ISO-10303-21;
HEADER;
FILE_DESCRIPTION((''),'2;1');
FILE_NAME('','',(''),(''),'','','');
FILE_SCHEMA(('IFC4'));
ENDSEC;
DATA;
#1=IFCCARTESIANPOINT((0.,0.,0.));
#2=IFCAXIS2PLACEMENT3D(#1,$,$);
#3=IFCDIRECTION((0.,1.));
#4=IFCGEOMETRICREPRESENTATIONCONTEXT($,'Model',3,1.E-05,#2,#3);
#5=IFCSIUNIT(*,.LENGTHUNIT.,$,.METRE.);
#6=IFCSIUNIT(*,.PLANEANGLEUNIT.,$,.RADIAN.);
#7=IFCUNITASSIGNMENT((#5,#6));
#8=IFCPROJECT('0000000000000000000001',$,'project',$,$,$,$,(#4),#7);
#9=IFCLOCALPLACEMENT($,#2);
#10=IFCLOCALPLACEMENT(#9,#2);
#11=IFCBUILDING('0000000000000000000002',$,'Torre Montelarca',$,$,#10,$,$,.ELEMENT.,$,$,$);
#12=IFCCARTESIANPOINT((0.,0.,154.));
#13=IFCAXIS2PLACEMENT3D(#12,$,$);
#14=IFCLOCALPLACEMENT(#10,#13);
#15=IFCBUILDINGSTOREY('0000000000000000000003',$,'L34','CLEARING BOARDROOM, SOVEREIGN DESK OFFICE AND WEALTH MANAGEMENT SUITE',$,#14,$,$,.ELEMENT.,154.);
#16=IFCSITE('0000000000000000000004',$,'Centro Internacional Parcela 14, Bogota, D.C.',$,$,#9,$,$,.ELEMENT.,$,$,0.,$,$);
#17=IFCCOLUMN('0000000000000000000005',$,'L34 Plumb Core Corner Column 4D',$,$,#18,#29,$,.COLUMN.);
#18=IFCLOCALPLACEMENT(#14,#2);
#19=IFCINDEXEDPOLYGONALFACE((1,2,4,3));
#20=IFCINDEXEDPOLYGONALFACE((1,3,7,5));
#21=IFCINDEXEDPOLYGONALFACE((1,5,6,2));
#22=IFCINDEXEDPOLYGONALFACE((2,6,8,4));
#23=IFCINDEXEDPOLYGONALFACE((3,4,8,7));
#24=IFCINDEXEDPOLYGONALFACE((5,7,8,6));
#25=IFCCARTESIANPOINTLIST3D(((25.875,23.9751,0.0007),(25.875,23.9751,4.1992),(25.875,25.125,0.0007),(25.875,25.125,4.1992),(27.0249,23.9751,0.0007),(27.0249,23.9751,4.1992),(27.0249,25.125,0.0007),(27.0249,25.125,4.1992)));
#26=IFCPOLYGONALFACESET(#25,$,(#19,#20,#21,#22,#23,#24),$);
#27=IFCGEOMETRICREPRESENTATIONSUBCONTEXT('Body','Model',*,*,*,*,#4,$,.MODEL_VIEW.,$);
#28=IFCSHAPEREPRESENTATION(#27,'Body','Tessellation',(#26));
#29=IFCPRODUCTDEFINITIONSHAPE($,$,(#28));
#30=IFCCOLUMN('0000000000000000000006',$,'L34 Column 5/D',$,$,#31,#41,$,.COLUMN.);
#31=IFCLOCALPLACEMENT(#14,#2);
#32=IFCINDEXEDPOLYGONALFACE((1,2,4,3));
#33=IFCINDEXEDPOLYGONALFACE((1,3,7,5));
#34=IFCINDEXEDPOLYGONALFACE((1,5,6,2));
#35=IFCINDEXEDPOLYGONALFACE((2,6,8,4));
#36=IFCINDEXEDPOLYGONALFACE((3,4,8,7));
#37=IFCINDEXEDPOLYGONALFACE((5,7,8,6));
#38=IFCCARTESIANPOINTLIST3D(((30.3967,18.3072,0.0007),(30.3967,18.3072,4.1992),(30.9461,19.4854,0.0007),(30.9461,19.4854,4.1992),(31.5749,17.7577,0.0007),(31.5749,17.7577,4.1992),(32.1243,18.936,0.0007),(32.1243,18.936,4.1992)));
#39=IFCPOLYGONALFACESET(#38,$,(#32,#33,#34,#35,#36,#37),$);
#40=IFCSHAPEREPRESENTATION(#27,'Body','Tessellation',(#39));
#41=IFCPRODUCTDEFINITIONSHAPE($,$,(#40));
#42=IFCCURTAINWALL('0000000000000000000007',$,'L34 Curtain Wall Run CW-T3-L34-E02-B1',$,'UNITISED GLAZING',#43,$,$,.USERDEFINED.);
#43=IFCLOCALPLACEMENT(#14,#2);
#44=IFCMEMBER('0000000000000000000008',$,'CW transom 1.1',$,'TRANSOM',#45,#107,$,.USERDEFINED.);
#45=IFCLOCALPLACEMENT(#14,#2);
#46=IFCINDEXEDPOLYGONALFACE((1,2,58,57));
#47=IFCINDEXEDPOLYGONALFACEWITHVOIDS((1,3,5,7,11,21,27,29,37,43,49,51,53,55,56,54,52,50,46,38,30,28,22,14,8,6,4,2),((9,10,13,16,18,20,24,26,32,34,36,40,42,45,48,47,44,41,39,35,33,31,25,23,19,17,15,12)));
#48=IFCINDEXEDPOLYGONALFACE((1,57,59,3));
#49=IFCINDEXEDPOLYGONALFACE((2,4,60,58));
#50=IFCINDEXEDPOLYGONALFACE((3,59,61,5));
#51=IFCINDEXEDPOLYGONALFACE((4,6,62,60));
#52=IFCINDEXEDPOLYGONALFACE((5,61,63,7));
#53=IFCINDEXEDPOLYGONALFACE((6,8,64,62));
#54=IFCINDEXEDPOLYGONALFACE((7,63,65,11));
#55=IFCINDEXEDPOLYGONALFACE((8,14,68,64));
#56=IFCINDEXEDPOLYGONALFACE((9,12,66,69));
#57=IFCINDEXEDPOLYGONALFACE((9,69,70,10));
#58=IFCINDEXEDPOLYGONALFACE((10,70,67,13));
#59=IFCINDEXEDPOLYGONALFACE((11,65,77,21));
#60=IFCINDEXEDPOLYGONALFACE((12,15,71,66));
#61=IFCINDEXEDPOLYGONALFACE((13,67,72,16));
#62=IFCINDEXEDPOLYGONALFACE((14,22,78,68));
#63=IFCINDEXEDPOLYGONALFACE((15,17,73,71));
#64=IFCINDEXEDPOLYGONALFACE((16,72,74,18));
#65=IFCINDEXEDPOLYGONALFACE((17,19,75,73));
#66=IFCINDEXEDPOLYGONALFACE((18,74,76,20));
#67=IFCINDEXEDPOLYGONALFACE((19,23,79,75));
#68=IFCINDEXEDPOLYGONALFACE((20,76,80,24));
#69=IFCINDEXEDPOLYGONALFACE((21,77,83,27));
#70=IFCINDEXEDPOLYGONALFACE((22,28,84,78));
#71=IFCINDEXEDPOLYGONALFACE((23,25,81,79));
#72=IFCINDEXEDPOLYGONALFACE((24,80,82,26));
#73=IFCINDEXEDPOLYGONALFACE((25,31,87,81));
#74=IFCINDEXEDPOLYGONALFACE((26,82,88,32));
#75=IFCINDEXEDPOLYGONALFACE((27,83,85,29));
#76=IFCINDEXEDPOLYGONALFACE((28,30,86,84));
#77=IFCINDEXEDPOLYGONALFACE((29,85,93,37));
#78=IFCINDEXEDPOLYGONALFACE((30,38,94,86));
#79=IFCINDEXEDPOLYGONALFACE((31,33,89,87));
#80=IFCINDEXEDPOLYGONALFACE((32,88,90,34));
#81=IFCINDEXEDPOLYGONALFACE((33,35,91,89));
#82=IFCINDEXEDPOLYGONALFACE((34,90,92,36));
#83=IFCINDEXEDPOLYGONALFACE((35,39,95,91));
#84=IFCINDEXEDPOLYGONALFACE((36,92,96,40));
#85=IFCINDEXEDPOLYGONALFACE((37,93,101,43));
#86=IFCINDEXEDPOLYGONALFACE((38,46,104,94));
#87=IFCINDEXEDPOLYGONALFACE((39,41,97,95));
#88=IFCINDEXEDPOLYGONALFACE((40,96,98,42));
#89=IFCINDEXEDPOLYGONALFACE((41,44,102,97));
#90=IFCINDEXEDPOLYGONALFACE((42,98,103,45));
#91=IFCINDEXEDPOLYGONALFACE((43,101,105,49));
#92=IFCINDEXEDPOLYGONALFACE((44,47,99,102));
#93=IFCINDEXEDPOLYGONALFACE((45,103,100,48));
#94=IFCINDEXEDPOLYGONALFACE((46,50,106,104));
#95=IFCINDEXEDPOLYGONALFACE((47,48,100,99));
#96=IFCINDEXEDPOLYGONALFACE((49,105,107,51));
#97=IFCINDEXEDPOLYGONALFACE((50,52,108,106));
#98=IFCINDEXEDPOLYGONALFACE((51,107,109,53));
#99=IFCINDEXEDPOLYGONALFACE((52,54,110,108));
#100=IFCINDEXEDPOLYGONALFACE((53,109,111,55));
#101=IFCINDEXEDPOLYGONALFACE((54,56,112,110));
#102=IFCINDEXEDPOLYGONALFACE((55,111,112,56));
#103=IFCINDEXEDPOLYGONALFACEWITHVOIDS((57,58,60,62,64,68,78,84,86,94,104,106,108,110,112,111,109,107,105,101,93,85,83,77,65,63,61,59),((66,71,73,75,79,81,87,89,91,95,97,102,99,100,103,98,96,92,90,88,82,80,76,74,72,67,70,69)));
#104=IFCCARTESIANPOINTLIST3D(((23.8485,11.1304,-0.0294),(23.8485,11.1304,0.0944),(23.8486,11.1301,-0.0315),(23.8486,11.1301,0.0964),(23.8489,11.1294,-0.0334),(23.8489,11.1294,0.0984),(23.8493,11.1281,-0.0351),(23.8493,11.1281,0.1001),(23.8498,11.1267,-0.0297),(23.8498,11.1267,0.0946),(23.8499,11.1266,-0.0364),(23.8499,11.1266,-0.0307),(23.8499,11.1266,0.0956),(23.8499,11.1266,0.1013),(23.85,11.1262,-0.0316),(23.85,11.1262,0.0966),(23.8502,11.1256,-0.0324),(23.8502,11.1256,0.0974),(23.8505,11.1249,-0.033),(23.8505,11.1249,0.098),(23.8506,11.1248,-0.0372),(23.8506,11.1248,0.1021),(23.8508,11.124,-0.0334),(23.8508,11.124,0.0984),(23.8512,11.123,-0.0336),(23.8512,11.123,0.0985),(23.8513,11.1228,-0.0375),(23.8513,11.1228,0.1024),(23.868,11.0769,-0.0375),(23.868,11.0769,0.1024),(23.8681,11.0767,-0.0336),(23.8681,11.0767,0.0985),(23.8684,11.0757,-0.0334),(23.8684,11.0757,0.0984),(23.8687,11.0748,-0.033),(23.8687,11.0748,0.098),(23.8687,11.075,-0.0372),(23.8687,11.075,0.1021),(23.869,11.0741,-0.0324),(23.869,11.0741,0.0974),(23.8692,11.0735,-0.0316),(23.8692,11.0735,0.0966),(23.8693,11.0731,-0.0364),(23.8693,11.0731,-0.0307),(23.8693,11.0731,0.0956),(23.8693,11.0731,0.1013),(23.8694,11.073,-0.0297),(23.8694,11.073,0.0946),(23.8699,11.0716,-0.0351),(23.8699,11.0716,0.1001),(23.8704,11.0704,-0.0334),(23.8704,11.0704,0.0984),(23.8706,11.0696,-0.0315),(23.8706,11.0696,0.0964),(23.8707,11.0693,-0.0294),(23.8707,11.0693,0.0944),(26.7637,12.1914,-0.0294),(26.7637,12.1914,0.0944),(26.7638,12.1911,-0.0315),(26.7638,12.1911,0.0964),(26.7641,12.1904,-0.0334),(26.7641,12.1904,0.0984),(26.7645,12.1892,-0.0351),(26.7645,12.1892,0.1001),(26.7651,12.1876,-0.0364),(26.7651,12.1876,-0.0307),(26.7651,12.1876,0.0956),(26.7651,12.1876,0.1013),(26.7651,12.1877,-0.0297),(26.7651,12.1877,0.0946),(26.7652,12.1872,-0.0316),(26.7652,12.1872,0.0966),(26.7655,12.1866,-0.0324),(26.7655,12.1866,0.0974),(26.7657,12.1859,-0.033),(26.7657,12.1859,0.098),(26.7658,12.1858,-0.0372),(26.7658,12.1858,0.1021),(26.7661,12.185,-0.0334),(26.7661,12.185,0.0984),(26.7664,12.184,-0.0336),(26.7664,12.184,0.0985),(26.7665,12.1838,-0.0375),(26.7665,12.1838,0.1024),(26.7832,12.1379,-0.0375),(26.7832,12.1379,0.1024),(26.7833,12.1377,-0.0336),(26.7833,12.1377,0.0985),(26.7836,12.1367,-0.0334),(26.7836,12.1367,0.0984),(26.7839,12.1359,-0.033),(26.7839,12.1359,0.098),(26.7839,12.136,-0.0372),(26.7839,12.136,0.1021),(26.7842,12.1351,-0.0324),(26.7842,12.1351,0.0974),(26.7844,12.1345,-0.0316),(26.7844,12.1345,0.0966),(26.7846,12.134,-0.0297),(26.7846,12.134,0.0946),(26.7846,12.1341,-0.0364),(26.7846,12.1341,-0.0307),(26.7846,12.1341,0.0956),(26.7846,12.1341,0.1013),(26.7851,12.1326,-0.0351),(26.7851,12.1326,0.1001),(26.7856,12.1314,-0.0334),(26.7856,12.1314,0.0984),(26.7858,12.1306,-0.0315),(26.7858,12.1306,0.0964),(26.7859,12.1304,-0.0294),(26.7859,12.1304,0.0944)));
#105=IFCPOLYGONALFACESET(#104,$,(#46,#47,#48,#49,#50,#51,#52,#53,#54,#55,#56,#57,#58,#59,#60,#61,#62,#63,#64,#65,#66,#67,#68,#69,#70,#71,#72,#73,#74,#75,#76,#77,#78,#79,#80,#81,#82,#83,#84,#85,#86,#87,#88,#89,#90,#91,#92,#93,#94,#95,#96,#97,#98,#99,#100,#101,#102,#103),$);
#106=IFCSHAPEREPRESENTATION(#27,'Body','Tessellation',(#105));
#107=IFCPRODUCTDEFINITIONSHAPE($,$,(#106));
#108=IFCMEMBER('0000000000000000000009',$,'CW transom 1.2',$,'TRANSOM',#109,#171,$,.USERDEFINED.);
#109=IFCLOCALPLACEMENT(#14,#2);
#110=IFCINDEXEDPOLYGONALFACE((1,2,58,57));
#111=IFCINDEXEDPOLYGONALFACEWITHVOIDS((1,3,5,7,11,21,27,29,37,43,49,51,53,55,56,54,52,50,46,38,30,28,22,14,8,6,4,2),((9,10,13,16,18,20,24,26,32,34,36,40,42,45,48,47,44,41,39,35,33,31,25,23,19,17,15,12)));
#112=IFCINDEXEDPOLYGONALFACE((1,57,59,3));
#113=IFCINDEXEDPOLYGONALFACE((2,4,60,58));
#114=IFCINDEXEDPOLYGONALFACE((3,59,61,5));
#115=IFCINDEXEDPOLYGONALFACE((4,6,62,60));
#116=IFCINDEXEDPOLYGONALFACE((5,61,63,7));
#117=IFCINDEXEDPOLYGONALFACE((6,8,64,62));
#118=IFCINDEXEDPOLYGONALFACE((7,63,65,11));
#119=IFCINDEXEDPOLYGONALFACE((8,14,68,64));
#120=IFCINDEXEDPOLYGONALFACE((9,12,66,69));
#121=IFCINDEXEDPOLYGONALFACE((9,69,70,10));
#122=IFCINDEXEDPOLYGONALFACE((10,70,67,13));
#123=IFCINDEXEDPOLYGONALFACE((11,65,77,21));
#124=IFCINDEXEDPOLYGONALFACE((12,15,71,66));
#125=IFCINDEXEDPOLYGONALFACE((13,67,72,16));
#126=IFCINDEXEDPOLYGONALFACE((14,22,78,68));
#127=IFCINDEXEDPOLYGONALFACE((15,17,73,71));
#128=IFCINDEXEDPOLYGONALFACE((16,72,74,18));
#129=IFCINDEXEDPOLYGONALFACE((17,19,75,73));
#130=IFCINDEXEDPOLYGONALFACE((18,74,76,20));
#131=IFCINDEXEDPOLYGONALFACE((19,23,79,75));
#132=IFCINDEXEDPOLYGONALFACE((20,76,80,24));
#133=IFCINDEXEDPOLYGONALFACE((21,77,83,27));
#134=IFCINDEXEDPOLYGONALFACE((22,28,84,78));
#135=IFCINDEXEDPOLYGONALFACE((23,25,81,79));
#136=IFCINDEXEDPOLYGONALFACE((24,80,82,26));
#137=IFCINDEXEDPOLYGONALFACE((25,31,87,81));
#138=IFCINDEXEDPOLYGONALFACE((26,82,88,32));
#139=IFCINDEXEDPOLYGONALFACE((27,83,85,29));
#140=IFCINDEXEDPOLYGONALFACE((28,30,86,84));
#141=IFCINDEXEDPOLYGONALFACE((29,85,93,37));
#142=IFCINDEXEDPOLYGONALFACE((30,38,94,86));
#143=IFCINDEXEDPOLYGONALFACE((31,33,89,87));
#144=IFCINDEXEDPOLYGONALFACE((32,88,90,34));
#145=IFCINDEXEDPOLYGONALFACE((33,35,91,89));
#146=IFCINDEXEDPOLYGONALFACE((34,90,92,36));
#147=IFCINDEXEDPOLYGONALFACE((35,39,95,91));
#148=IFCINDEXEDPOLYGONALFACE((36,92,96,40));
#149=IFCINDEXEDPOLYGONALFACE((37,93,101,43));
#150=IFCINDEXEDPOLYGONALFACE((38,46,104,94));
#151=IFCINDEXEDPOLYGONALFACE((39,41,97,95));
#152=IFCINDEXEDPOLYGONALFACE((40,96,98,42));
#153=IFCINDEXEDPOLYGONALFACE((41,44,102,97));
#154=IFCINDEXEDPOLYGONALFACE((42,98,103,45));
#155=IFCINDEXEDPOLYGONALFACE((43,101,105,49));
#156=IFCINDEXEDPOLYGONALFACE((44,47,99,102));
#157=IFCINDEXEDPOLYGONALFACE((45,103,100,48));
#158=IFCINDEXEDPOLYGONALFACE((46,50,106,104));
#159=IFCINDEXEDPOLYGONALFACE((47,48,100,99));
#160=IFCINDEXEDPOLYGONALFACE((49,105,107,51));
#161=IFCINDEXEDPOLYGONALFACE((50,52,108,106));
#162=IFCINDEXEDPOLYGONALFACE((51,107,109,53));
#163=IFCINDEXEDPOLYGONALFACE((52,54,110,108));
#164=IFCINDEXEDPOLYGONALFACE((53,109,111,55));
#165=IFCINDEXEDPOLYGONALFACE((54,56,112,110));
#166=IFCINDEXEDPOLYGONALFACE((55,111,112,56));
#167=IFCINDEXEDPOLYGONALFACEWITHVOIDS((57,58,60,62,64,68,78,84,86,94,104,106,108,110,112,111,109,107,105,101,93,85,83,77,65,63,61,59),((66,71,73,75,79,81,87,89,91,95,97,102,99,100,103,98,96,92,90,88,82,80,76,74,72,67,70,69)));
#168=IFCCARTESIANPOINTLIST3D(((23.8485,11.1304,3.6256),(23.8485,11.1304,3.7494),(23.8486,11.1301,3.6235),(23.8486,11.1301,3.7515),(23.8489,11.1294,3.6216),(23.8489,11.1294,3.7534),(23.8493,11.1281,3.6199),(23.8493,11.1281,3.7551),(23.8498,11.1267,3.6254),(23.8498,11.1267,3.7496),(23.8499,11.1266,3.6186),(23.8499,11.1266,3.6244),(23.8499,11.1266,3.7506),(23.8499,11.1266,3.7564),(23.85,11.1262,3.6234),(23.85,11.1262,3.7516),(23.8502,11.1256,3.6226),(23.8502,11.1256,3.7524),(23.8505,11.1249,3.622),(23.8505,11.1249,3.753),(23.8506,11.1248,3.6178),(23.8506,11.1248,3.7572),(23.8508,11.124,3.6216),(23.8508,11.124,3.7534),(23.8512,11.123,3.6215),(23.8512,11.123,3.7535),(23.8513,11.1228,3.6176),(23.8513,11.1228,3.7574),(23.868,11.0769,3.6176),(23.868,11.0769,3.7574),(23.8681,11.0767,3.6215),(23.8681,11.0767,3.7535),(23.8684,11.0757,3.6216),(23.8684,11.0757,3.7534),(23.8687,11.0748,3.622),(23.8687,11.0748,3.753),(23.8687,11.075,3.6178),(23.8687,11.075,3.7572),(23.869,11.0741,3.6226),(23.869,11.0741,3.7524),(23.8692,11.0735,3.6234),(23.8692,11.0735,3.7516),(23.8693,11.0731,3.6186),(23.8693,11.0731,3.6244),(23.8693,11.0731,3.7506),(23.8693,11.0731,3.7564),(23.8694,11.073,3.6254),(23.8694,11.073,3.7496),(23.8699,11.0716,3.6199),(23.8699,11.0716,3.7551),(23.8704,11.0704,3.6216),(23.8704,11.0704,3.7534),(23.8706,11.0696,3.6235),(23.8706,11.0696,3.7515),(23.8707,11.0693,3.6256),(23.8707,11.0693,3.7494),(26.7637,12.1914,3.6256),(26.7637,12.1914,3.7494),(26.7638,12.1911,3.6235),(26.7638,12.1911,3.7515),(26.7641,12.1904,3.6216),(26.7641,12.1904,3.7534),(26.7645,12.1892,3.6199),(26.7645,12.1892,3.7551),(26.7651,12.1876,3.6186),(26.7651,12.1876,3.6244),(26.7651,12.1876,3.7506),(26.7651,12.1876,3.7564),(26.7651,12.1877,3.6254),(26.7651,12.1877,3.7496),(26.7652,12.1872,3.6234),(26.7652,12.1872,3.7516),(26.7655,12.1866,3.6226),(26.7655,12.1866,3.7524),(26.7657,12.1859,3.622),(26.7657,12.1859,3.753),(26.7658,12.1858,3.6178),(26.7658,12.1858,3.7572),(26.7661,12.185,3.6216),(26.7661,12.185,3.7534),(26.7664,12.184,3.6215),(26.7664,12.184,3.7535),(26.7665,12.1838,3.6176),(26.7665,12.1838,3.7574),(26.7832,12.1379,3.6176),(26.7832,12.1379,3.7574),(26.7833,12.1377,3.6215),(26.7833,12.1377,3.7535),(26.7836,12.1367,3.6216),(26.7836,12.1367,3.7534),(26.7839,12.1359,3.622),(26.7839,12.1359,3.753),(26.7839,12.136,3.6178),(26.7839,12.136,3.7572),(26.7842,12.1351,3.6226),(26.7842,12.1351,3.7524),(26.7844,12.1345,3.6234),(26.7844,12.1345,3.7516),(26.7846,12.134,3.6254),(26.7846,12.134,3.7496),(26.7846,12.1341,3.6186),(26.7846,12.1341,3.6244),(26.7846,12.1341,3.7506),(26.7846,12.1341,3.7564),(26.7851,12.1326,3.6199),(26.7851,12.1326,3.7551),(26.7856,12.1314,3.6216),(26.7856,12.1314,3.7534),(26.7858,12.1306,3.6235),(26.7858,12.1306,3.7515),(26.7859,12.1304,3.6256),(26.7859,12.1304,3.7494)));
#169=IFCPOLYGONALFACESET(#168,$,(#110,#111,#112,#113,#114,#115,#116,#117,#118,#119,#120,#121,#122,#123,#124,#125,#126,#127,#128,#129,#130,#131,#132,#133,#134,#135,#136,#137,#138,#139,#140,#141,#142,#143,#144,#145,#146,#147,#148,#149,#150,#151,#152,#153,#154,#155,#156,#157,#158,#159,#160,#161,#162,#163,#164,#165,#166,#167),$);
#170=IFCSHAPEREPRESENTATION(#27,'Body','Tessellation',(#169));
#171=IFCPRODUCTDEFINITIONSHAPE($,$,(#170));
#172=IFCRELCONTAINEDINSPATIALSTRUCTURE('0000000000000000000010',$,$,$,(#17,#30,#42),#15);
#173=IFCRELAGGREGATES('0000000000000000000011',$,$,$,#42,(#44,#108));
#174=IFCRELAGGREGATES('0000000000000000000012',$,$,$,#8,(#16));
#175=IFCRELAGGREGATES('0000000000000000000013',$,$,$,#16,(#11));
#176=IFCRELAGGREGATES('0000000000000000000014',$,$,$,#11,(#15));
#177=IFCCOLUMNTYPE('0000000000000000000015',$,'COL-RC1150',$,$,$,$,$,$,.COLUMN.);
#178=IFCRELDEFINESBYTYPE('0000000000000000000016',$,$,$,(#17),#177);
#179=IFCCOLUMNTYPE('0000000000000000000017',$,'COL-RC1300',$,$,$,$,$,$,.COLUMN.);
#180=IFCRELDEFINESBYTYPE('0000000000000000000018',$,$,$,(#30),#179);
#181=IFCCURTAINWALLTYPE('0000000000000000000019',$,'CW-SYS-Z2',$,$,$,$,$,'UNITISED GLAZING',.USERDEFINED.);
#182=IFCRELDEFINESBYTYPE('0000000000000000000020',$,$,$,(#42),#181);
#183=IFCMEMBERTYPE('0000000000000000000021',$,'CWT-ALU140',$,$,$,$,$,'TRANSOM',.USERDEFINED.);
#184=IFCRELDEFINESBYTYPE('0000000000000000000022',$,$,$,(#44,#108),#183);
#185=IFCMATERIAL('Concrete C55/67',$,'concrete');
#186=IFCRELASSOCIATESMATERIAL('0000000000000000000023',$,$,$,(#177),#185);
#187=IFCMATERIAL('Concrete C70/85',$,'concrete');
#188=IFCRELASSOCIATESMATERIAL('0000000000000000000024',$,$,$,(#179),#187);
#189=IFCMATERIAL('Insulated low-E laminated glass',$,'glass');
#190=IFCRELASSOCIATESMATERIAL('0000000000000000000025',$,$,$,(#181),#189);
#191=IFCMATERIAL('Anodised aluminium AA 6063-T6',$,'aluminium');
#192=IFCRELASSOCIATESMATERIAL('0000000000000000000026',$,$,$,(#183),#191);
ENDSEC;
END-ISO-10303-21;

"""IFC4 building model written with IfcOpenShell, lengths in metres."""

from ifc_helpers import new_model, si_unit, direction, frame, origin, origin_2d, place, context, subcontext, project, spatial, rectangle, hollow_rectangle, extrude, source, transform, mapped, material, material_profile, profile_set, type_object, element, aggregate, save


model = new_model("IFC4")

# Units and contexts
model_context = context("Model", 3, precision=1e-05, world=origin(), true_north=direction((0.0, 1.0)))
body_context = subcontext(model_context, "Body", "Model", "MODEL_VIEW")
ifc_project = project(units=[si_unit("LENGTHUNIT", "METRE"), si_unit("PLANEANGLEUNIT", "RADIAN")], contexts=[model_context])

# Site, building, storey
site_placement = place(None, origin())
site = spatial("IfcSite", under=ifc_project, at=site_placement, Name="Centro Internacional Parcela 14, Bogota, D.C.", CompositionType="ELEMENT", RefElevation=0.0)
building_placement = place(site_placement, origin())
building = spatial("IfcBuilding", under=site, at=building_placement, Name="Torre Montelarca", CompositionType="ELEMENT")
storey_placement = place(building_placement, frame((0.0, 0.0, 154.0)))
storey = spatial("IfcBuildingStorey", under=building, at=storey_placement, Name="L34", Description="CLEARING BOARDROOM, SOVEREIGN DESK OFFICE AND WEALTH MANAGEMENT SUITE", CompositionType="ELEMENT", Elevation=154.0)

# Columns
ifc_material_1 = material(Name="Concrete C55/67", Category="concrete")
ifc_material_profile_1 = material_profile(ifc_material_1, rectangle(XDim=1.1499, YDim=1.1499, at=origin_2d()), Name="RC1150X1150", Category="concrete")
ifc_profile_set_1 = profile_set([ifc_material_profile_1], Name="Concrete C55/67")
column_type_1 = type_object("IfcColumnType", Name="COL-RC1150", PredefinedType="COLUMN", material=ifc_profile_set_1)
shared_shape_1 = source(origin(), body_context, "Body", "SweptSolid", [
    extrude(rectangle(XDim=1.1499, YDim=1.1499, at=origin_2d()), origin(), (0.0, 0.0, 1.0), 4.1985),
])
column_1_placement = place(storey_placement, frame((26.45, 24.55, 0.0007), z_axis=(0.0, 0.0, 1.0), x_axis=(1.0, 0.0, 0.0)))
element("IfcColumn", 1, at=column_1_placement, inside=storey, type_object=column_type_1, Name="L34 Plumb Core Corner Column 4D", PredefinedType="COLUMN", context=body_context, shape_type="MappedRepresentation", body=[
    mapped(shared_shape_1, transform((0.0, 0.0, 0.0), scale=1.0)),
])
ifc_material_2 = material(Name="Concrete C70/85", Category="concrete")
ifc_material_profile_2 = material_profile(ifc_material_2, rectangle(XDim=1.3, YDim=1.3, at=origin_2d()), Name="RC1300X1300", Category="concrete")
ifc_profile_set_2 = profile_set([ifc_material_profile_2], Name="Concrete C70/85")
column_type_2 = type_object("IfcColumnType", Name="COL-RC1300", PredefinedType="COLUMN", material=ifc_profile_set_2)
shared_shape_2 = source(origin(), body_context, "Body", "SweptSolid", [
    extrude(rectangle(XDim=1.3, YDim=1.3, at=origin_2d()), origin(), (0.0, 0.0, 1.0), 4.1985),
])
column_2_placement = place(storey_placement, frame((31.2605, 18.6216, 0.0007), z_axis=(0.0, 0.0, 1.0), x_axis=(-0.906308, 0.422618, 0.0)))
element("IfcColumn", 2, at=column_2_placement, inside=storey, type_object=column_type_2, Name="L34 Column 5/D", PredefinedType="COLUMN", context=body_context, shape_type="MappedRepresentation", body=[
    mapped(shared_shape_2, transform((0.0, 0.0, 0.0), scale=1.0)),
])

# Curtain wall, members
ifc_material_3 = material(Name="Insulated low-E laminated glass", Category="glass")
curtain_wall_type = type_object("IfcCurtainWallType", Name="CW-SYS-Z2", ElementType="UNITISED GLAZING", PredefinedType="USERDEFINED", material=ifc_material_3)
curtain_wall_1_placement = place(storey_placement, origin())
curtain_wall_1 = element("IfcCurtainWall", 3, at=curtain_wall_1_placement, inside=storey, type_object=curtain_wall_type, Name="L34 Curtain Wall Run CW-T3-L34-E02-B1", ObjectType="UNITISED GLAZING", PredefinedType="USERDEFINED")
ifc_material_4 = material(Name="Anodised aluminium AA 6063-T6", Category="aluminium")
ifc_material_profile_3 = material_profile(ifc_material_4, hollow_rectangle(XDim=0.0649, YDim=0.1399, WallThickness=0.0039, InnerFilletRadius=0.0039, OuterFilletRadius=0.0081, at=origin_2d()), Name="ALU65X140X4", Category="aluminium")
ifc_profile_set_3 = profile_set([ifc_material_profile_3], Name="Anodised aluminium AA 6063-T6")
member_type_1 = type_object("IfcMemberType", Name="CWT-ALU140", ElementType="TRANSOM", PredefinedType="USERDEFINED", material=ifc_profile_set_3)
shared_shape_3 = source(origin(), body_context, "Body", "SweptSolid", [
    extrude(hollow_rectangle(XDim=0.0649, YDim=0.1399, WallThickness=0.0039, InnerFilletRadius=0.0039, OuterFilletRadius=0.0081, at=origin_2d()), origin(), (0.0, 0.0, 1.0), 3.1023),
])
member_1_placement = place(storey_placement, frame((23.8596, 11.0999, 0.0325), z_axis=(0.939697, 0.342008, 0.0), x_axis=(-0.342008, 0.939697, 0.0)))
member_1 = element("IfcMember", 4, at=member_1_placement, type_object=member_type_1, Name="CW transom 1.1", ObjectType="TRANSOM", PredefinedType="USERDEFINED", context=body_context, shape_type="MappedRepresentation", body=[
    mapped(shared_shape_3, transform((0.0, 0.0, 0.0), scale=1.0)),
])
member_2_placement = place(storey_placement, frame((23.8596, 11.0999, 3.6875), z_axis=(0.939697, 0.342008, 0.0), x_axis=(-0.342008, 0.939697, 0.0)))
member_2 = element("IfcMember", 5, at=member_2_placement, type_object=member_type_1, Name="CW transom 1.2", ObjectType="TRANSOM", PredefinedType="USERDEFINED", context=body_context, shape_type="MappedRepresentation", body=[
    mapped(shared_shape_3, transform((0.0, 0.0, 0.0), scale=1.0)),
])

aggregate(curtain_wall_1, [member_1, member_2])

save(model, "model.ifc")
